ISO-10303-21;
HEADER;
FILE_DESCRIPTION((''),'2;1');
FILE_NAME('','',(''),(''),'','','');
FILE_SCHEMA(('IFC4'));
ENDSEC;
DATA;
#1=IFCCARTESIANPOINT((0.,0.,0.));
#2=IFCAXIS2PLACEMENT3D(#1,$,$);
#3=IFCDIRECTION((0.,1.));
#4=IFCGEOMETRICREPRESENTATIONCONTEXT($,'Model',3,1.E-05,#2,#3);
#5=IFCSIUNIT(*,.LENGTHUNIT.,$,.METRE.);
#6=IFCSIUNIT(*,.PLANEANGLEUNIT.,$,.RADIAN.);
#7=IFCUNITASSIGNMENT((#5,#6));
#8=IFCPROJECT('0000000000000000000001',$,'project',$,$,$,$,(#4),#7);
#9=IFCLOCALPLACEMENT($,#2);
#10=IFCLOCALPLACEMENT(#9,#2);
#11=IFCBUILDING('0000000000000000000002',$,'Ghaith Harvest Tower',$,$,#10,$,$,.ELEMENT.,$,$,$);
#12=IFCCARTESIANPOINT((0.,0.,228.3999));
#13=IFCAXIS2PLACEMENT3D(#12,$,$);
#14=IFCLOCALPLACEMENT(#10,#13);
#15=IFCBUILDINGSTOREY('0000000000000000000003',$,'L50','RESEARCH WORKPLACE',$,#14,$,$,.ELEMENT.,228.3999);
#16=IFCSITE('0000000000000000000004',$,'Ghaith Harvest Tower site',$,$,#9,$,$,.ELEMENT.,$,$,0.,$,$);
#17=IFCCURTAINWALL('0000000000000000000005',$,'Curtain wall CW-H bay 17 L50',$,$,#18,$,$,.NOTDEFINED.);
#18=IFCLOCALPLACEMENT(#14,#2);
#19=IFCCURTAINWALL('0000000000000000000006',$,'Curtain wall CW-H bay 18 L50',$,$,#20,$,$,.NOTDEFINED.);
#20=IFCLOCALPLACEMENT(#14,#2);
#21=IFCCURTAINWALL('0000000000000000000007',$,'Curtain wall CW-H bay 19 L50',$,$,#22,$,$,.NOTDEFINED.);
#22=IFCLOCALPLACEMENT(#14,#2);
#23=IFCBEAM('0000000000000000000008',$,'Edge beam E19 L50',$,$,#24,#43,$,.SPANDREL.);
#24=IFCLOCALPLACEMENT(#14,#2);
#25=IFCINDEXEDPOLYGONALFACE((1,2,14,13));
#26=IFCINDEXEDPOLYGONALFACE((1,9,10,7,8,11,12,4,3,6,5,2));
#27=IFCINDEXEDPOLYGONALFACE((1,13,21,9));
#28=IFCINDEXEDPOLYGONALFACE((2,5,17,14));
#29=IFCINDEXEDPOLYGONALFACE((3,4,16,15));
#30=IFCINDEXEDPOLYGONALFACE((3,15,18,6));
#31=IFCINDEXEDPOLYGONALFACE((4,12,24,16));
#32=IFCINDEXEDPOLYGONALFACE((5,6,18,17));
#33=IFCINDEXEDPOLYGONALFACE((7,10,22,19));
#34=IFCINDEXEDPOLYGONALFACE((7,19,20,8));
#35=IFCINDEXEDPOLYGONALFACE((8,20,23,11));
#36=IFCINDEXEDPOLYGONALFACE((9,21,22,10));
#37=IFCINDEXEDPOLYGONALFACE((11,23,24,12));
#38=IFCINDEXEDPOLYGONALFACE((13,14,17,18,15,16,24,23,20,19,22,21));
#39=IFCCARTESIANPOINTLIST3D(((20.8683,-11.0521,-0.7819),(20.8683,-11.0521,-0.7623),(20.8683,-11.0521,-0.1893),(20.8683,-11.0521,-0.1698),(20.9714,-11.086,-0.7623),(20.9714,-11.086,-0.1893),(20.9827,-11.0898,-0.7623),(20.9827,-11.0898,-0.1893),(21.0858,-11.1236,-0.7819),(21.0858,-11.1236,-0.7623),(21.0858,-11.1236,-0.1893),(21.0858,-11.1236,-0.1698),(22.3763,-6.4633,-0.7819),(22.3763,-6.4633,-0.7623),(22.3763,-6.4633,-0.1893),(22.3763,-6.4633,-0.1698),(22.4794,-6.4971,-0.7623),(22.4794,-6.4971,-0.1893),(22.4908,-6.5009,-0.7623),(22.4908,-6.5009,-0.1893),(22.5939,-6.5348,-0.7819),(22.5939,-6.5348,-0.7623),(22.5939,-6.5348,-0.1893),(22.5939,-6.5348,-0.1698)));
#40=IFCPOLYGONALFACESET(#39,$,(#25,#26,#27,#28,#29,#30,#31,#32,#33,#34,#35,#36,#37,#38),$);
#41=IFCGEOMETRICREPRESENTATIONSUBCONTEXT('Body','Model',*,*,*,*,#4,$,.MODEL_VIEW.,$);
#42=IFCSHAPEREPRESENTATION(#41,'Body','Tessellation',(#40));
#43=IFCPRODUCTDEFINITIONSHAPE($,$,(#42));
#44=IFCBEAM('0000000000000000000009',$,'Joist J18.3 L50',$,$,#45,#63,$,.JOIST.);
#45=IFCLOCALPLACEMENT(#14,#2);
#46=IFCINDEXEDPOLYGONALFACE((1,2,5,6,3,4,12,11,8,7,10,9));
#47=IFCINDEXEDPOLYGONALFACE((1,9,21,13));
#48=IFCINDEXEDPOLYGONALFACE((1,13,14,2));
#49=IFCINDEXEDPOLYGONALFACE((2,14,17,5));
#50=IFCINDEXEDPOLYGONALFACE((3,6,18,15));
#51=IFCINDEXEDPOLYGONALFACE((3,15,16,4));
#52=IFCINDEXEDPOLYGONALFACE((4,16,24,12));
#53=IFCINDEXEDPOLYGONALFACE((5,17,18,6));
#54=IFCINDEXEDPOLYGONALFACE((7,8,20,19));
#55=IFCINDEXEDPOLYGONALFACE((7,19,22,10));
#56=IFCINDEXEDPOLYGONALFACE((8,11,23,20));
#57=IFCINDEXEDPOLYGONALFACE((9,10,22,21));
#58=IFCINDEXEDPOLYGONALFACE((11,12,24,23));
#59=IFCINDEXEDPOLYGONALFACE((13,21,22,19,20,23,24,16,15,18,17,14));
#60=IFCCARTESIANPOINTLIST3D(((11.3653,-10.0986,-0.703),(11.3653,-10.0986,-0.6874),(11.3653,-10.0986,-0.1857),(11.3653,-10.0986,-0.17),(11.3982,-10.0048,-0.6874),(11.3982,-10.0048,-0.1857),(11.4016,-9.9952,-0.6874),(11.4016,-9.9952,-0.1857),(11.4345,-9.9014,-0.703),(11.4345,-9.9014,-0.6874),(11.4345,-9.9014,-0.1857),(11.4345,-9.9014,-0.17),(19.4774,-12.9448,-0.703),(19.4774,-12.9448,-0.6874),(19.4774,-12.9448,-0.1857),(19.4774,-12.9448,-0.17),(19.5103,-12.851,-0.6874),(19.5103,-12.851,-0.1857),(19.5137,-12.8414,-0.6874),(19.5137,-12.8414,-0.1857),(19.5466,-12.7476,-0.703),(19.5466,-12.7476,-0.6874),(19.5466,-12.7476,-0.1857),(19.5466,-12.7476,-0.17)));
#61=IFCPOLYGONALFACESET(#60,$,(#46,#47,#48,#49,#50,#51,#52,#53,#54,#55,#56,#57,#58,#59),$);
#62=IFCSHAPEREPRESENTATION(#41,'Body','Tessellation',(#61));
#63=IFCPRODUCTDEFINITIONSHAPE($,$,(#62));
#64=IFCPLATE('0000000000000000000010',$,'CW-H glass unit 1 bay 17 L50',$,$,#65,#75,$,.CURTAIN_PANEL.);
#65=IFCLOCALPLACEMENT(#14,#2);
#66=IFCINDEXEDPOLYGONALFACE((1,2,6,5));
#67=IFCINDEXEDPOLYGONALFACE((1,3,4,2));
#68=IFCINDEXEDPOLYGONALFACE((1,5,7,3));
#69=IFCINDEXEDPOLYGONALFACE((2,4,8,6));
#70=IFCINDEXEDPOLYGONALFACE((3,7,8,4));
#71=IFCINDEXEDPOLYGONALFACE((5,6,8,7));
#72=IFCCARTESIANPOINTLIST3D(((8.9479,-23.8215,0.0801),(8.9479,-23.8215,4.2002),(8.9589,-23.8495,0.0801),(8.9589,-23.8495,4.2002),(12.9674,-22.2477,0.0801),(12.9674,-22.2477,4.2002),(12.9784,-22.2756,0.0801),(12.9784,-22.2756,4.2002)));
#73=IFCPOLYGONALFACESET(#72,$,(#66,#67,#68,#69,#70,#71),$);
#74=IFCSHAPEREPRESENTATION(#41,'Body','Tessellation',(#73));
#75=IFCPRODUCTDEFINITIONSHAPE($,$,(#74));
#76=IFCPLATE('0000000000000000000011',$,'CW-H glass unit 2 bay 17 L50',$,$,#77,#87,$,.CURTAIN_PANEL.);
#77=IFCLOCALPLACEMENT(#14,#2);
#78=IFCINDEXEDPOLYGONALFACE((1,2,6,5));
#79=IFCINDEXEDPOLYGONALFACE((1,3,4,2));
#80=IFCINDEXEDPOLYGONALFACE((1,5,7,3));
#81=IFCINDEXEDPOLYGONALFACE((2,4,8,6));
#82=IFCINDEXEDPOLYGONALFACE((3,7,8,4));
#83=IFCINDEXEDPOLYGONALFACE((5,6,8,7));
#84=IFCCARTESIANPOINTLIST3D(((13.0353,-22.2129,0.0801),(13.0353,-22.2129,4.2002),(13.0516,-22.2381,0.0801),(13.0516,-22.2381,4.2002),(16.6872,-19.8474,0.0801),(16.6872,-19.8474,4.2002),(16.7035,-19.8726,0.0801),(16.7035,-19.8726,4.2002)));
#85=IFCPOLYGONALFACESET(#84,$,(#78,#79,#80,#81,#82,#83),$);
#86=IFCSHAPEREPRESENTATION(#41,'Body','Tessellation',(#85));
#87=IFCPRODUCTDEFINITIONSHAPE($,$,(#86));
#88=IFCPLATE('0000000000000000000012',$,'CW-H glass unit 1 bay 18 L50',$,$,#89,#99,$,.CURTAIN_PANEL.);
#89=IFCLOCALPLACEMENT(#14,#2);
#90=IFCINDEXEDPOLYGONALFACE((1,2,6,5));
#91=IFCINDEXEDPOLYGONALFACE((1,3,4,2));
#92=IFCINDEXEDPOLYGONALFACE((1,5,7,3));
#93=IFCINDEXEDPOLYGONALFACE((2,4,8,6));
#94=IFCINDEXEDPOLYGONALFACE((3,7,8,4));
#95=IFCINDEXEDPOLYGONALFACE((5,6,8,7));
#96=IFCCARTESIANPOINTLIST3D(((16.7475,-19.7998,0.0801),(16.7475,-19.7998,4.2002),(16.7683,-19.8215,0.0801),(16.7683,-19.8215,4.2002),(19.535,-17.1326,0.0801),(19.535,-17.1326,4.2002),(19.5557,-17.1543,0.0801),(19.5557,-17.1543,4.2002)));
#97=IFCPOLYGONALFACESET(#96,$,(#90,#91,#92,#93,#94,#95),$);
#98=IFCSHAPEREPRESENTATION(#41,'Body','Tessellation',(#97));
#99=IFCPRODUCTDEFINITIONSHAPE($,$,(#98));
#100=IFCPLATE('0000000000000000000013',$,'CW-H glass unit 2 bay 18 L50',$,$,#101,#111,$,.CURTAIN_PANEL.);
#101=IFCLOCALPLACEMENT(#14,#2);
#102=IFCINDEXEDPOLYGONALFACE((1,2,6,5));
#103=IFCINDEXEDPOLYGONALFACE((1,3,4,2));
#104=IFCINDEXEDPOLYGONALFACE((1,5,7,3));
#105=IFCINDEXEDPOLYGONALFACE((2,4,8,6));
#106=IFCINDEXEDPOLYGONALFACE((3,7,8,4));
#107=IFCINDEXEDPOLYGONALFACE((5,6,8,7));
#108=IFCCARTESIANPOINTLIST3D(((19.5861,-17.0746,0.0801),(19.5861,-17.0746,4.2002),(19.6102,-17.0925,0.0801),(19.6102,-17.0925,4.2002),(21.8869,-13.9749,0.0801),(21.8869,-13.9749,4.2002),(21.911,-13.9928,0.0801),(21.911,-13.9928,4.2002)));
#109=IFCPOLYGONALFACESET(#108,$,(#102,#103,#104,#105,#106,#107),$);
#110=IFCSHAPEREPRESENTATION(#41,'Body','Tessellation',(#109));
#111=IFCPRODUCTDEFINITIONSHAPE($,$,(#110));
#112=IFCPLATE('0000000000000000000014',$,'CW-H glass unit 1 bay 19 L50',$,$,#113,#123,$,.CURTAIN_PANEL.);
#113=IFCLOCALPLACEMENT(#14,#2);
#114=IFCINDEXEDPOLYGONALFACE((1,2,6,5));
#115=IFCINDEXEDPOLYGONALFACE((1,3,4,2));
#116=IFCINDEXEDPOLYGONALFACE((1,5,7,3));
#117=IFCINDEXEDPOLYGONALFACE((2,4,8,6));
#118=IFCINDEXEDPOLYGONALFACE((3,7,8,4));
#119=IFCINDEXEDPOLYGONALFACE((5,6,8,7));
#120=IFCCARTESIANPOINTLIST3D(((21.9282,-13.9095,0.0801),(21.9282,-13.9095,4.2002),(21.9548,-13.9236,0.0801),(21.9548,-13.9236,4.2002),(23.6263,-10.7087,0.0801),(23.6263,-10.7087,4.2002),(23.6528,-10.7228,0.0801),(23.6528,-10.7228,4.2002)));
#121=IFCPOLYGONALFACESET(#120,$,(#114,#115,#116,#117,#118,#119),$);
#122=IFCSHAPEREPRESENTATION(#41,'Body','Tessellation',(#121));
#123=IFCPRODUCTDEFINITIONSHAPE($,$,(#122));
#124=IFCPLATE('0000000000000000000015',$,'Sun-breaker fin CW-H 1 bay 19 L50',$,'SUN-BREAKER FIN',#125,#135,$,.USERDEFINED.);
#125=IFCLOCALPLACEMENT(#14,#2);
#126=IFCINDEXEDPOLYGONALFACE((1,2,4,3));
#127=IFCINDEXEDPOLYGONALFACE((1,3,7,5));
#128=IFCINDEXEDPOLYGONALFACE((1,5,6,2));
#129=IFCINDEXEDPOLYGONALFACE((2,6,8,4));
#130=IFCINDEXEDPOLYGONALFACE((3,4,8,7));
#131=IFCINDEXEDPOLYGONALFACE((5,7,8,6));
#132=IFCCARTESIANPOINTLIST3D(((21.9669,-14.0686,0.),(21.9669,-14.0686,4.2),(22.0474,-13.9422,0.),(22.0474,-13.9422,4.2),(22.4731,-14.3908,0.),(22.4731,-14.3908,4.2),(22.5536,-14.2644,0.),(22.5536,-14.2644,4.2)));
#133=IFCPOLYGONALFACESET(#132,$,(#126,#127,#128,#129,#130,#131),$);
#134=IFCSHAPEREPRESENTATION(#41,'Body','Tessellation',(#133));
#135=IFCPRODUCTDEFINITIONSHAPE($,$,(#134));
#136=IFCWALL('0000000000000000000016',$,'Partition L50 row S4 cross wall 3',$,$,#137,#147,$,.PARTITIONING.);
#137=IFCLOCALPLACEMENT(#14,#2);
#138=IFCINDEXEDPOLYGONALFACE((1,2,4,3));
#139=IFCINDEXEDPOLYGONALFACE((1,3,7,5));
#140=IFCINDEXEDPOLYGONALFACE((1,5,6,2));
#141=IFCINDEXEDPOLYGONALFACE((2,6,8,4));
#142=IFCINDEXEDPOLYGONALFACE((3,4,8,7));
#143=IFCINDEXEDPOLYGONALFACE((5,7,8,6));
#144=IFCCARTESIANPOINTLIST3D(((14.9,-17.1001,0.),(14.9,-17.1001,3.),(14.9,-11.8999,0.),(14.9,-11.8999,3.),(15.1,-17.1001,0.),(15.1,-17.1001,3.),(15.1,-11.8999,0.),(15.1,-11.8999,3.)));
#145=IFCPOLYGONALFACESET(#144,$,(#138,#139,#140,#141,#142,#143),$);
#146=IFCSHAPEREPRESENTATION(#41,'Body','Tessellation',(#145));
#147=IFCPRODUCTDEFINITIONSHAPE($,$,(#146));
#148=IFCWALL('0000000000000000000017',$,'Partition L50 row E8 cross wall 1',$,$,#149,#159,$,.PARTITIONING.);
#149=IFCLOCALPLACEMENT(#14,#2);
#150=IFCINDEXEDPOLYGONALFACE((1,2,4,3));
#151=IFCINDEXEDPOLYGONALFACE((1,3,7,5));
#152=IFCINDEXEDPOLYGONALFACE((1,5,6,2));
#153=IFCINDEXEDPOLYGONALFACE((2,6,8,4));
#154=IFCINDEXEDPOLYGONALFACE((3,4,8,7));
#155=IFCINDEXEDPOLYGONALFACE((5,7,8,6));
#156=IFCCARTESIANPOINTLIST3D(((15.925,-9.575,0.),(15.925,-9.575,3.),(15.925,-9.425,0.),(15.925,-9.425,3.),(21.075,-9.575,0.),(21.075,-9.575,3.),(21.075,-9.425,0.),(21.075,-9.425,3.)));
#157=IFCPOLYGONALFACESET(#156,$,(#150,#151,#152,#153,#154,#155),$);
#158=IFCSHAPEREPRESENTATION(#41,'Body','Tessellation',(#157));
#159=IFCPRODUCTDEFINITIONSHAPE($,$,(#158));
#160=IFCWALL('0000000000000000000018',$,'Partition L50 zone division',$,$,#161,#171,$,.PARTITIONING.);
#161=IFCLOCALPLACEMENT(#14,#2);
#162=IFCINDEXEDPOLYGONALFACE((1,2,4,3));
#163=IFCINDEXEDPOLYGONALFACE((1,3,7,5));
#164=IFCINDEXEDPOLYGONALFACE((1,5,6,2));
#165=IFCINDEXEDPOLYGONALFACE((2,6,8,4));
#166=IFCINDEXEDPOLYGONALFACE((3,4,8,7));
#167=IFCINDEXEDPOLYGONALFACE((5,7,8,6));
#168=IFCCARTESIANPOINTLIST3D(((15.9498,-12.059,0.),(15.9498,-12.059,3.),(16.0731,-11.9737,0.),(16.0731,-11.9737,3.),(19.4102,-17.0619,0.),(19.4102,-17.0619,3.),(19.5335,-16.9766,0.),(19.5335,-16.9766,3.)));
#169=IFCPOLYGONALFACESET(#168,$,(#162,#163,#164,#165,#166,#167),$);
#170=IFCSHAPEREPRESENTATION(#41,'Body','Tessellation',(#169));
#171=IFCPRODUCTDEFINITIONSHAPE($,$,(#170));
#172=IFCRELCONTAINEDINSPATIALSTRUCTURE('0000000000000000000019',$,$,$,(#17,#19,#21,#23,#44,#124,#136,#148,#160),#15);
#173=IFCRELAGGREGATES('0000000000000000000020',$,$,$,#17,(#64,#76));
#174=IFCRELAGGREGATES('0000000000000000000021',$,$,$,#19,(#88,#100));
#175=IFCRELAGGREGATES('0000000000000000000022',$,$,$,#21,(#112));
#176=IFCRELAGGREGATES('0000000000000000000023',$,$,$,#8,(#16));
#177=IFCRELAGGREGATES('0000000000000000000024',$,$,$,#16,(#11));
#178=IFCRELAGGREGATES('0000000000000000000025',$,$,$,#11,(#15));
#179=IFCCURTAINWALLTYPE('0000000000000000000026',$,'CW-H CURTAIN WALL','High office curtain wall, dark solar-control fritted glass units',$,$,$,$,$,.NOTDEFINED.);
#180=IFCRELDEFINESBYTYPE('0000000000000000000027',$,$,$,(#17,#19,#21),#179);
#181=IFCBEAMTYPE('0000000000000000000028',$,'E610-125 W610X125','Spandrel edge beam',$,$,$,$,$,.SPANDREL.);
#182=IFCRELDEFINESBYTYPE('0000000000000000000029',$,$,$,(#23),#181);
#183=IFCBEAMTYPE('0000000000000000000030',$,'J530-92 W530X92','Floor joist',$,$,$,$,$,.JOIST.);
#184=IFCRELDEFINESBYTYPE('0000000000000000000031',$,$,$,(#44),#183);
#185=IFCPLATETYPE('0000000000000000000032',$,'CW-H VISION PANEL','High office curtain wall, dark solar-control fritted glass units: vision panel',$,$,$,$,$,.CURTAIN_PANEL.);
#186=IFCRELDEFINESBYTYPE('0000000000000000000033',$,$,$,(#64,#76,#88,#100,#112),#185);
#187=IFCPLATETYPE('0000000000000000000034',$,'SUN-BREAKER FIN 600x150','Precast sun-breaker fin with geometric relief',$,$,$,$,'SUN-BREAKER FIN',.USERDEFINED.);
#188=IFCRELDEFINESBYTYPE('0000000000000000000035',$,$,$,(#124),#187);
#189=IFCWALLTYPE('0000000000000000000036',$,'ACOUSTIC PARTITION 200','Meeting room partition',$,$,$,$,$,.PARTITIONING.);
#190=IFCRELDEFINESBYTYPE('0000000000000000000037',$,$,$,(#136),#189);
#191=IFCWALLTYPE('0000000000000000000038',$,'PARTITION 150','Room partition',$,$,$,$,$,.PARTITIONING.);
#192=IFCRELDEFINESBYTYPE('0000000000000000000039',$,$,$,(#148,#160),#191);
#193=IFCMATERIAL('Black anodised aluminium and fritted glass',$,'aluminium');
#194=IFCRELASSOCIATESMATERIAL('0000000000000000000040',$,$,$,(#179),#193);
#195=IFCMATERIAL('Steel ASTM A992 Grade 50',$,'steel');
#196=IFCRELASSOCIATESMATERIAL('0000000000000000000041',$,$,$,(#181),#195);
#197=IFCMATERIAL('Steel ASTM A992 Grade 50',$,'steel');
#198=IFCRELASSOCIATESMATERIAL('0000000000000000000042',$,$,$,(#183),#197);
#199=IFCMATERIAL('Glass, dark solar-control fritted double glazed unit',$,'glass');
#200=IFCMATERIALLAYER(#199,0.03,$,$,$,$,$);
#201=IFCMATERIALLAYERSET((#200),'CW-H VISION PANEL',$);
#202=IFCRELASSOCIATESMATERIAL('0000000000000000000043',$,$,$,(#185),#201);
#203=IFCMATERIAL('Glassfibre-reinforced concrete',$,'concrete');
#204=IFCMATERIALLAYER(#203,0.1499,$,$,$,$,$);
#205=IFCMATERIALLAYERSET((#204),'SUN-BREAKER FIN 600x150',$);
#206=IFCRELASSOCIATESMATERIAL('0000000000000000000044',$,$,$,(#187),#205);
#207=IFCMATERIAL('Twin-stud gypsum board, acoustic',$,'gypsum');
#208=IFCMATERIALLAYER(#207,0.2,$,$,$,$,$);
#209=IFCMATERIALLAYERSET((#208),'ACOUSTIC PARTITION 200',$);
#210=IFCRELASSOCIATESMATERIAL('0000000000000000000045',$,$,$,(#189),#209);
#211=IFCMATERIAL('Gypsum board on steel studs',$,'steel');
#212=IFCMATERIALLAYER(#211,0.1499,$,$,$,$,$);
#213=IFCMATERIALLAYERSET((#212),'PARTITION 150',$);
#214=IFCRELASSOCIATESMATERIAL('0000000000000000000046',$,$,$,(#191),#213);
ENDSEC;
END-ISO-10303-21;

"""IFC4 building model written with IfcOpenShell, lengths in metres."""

from ifc_helpers import new_model, si_unit, direction, frame, frame_2d, origin, origin_2d, place, context, subcontext, project, spatial, rectangle, i_section, extrude, material, layer, layer_set, material_profile, profile_set, type_object, element, aggregate, save


model = new_model("IFC4")

# Units and contexts
model_context = context("Model", 3, precision=1e-05, world=origin(), true_north=direction((0.0, 1.0)))
body_context = subcontext(model_context, "Body", "Model", "MODEL_VIEW")
ifc_project = project(units=[si_unit("LENGTHUNIT", "METRE"), si_unit("PLANEANGLEUNIT", "RADIAN")], contexts=[model_context])

# Site, building, storey
site_placement = place(None, origin())
site = spatial("IfcSite", under=ifc_project, at=site_placement, Name="Ghaith Harvest Tower site", CompositionType="ELEMENT", RefElevation=0.0)
building_placement = place(site_placement, origin())
building = spatial("IfcBuilding", under=site, at=building_placement, Name="Ghaith Harvest Tower", CompositionType="ELEMENT")
storey_placement = place(building_placement, frame((0.0, 0.0, 228.3999)))
storey = spatial("IfcBuildingStorey", under=building, at=storey_placement, Name="L50", Description="RESEARCH WORKPLACE", CompositionType="ELEMENT", Elevation=228.3999)

# Curtain wall
ifc_material_1 = material(Name="Black anodised aluminium and fritted glass", Category="aluminium")
curtain_wall_type = type_object("IfcCurtainWallType", Name="CW-H CURTAIN WALL", Description="High office curtain wall, dark solar-control fritted glass units", PredefinedType="NOTDEFINED", material=ifc_material_1)
curtain_wall_1_placement = place(storey_placement, origin())
curtain_wall_1 = element("IfcCurtainWall", 1, at=curtain_wall_1_placement, inside=storey, type_object=curtain_wall_type, Name="Curtain wall CW-H bay 17 L50", PredefinedType="NOTDEFINED")

# Curtain walls
curtain_wall_2_placement = place(storey_placement, origin())
curtain_wall_2 = element("IfcCurtainWall", 2, at=curtain_wall_2_placement, inside=storey, type_object=curtain_wall_type, Name="Curtain wall CW-H bay 18 L50", PredefinedType="NOTDEFINED")
curtain_wall_3_placement = place(storey_placement, origin())
curtain_wall_3 = element("IfcCurtainWall", 3, at=curtain_wall_3_placement, inside=storey, type_object=curtain_wall_type, Name="Curtain wall CW-H bay 19 L50", PredefinedType="NOTDEFINED")

# Beams
ifc_material_2 = material(Name="Steel ASTM A992 Grade 50", Category="steel")
ifc_material_profile_1 = material_profile(ifc_material_2, i_section(OverallWidth=0.229, OverallDepth=0.6121, WebThickness=0.012, FlangeThickness=0.0195, at=origin_2d()), Name="W610X125")
ifc_profile_set_1 = profile_set([ifc_material_profile_1], Name="Steel ASTM A992 Grade 50")
beam_type_1 = type_object("IfcBeamType", Name="E610-125 W610X125", Description="Spandrel edge beam", PredefinedType="SPANDREL", material=ifc_profile_set_1)
beam_1_placement = place(storey_placement, frame((20.9771, -11.0879, -0.4758), z_axis=(0.312207, 0.950014, 0.0), x_axis=(-0.950014, 0.312207, 0.0)))
element("IfcBeam", 4, at=beam_1_placement, inside=storey, type_object=beam_type_1, Name="Edge beam E19 L50", PredefinedType="SPANDREL", context=body_context, shape_type="SweptSolid", body=[
    extrude(i_section(OverallWidth=0.229, OverallDepth=0.6121, WebThickness=0.012, FlangeThickness=0.0195, at=origin_2d()), origin(), (0.0, 0.0, 1.0), 4.8303),
])
ifc_material_3 = material(Name="Steel ASTM A992 Grade 50", Category="steel")
ifc_material_profile_2 = material_profile(ifc_material_3, i_section(OverallWidth=0.209, OverallDepth=0.533, WebThickness=0.0103, FlangeThickness=0.0156, at=origin_2d()), Name="W530X92")
ifc_profile_set_2 = profile_set([ifc_material_profile_2], Name="Steel ASTM A992 Grade 50")
beam_type_2 = type_object("IfcBeamType", Name="J530-92 W530X92", Description="Floor joist", PredefinedType="JOIST", material=ifc_profile_set_2)
beam_2_placement = place(storey_placement, frame((11.3999, -10.0, -0.4365), z_axis=(0.943605, -0.331073, 0.0), x_axis=(0.331073, 0.943605, 0.0)))
element("IfcBeam", 5, at=beam_2_placement, inside=storey, type_object=beam_type_2, Name="Joist J18.3 L50", PredefinedType="JOIST", context=body_context, shape_type="SweptSolid", body=[
    extrude(i_section(OverallWidth=0.209, OverallDepth=0.533, WebThickness=0.0103, FlangeThickness=0.0156, at=origin_2d()), origin(), (0.0, 0.0, 1.0), 8.5969),
])

# Plates
ifc_material_4 = material(Name="Glass, dark solar-control fritted double glazed unit", Category="glass")
ifc_layer_1 = layer(ifc_material_4, 0.03)
ifc_layer_set_1 = layer_set([ifc_layer_1], Name="CW-H VISION PANEL")
plate_type_1 = type_object("IfcPlateType", Name="CW-H VISION PANEL", Description="High office curtain wall, dark solar-control fritted glass units: vision panel", PredefinedType="CURTAIN_PANEL", material=ifc_layer_set_1)
plate_1_placement = place(storey_placement, frame((10.9631, -23.0486, 0.0801), z_axis=(0.0, 0.0, 1.0), x_axis=(0.931161, 0.364608, 0.0)))
plate_1 = element("IfcPlate", 6, at=plate_1_placement, type_object=plate_type_1, Name="CW-H glass unit 1 bay 17 L50", PredefinedType="CURTAIN_PANEL", context=body_context, shape_type="SweptSolid", body=[
    extrude(rectangle(XDim=4.3167, YDim=0.03, at=origin_2d()), origin(), (0.0, 0.0, 1.0), 4.1201),
])
plate_2_placement = place(storey_placement, frame((14.8694, -21.0427, 0.0801), z_axis=(0.0, 0.0, 1.0), x_axis=(0.839305, 0.54366, 0.0)))
plate_2 = element("IfcPlate", 7, at=plate_2_placement, type_object=plate_type_1, Name="CW-H glass unit 2 bay 17 L50", PredefinedType="CURTAIN_PANEL", context=body_context, shape_type="SweptSolid", body=[
    extrude(rectangle(XDim=4.3511, YDim=0.03, at=origin_2d()), origin(), (0.0, 0.0, 1.0), 4.1201),
])
aggregate(curtain_wall_1, [plate_1, plate_2])
plate_3_placement = place(storey_placement, frame((18.1516, -18.4771, 0.0801), z_axis=(0.0, 0.0, 1.0), x_axis=(0.722533, 0.691337, 0.0)))
plate_3 = element("IfcPlate", 8, at=plate_3_placement, type_object=plate_type_1, Name="CW-H glass unit 1 bay 18 L50", PredefinedType="CURTAIN_PANEL", context=body_context, shape_type="SweptSolid", body=[
    extrude(rectangle(XDim=3.8579, YDim=0.03, at=origin_2d()), origin(), (0.0, 0.0, 1.0), 4.1201),
])
plate_4_placement = place(storey_placement, frame((20.7485, -15.5337, 0.0801), z_axis=(0.0, 0.0, 1.0), x_axis=(0.596019, 0.802971, 0.0)))
plate_4 = element("IfcPlate", 9, at=plate_4_placement, type_object=plate_type_1, Name="CW-H glass unit 2 bay 18 L50", PredefinedType="CURTAIN_PANEL", context=body_context, shape_type="SweptSolid", body=[
    extrude(rectangle(XDim=3.8604, YDim=0.03, at=origin_2d()), origin(), (0.0, 0.0, 1.0), 4.1201),
])
aggregate(curtain_wall_2, [plate_3, plate_4])
plate_5_placement = place(storey_placement, frame((22.7905, -12.3162, 0.0801), z_axis=(0.0, 0.0, 1.0), x_axis=(0.468644, 0.883387, 0.0)))
plate_5 = element("IfcPlate", 10, at=plate_5_placement, type_object=plate_type_1, Name="CW-H glass unit 1 bay 19 L50", PredefinedType="CURTAIN_PANEL", context=body_context, shape_type="SweptSolid", body=[
    extrude(rectangle(XDim=3.6233, YDim=0.03, at=origin_2d()), origin(), (0.0, 0.0, 1.0), 4.1201),
])
aggregate(curtain_wall_3, [plate_5])
ifc_material_5 = material(Name="Glassfibre-reinforced concrete", Category="concrete")
ifc_layer_2 = layer(ifc_material_5, 0.1499)
ifc_layer_set_2 = layer_set([ifc_layer_2], Name="SUN-BREAKER FIN 600x150")
plate_type_2 = type_object("IfcPlateType", Name="SUN-BREAKER FIN 600x150", Description="Precast sun-breaker fin with geometric relief", ElementType="SUN-BREAKER FIN", PredefinedType="USERDEFINED", material=ifc_layer_set_2)
plate_6_placement = place(storey_placement, frame((22.2603, -14.1665, 0.0), z_axis=(0.0, 0.0, 1.0), x_axis=(0.843644, -0.536903, 0.0)))
element("IfcPlate", 11, at=plate_6_placement, inside=storey, type_object=plate_type_2, Name="Sun-breaker fin CW-H 1 bay 19 L50", ObjectType="SUN-BREAKER FIN", PredefinedType="USERDEFINED", context=body_context, shape_type="SweptSolid", body=[
    extrude(rectangle(XDim=0.6001, YDim=0.1499, at=origin_2d()), origin(), (0.0, 0.0, 1.0), 4.2),
])

# Walls
ifc_material_6 = material(Name="Twin-stud gypsum board, acoustic", Category="gypsum")
ifc_layer_3 = layer(ifc_material_6, 0.2)
ifc_layer_set_3 = layer_set([ifc_layer_3], Name="ACOUSTIC PARTITION 200")
wall_type_1 = type_object("IfcWallType", Name="ACOUSTIC PARTITION 200", Description="Meeting room partition", PredefinedType="PARTITIONING", material=ifc_layer_set_3)
wall_1_placement = place(storey_placement, frame((15.0, -11.8999, 0.0), z_axis=(0.0, 0.0, 1.0), x_axis=(0.0, -1.0, 0.0)))
element("IfcWall", 12, at=wall_1_placement, inside=storey, type_object=wall_type_1, Name="Partition L50 row S4 cross wall 3", PredefinedType="PARTITIONING", context=body_context, shape_type="SweptSolid", body=[
    extrude(rectangle(XDim=5.2002, YDim=0.2, at=frame_2d((2.6001, 0.0))), origin(), (0.0, 0.0, 1.0), 3.0),
])
ifc_material_7 = material(Name="Gypsum board on steel studs", Category="steel")
ifc_layer_4 = layer(ifc_material_7, 0.1499)
ifc_layer_set_4 = layer_set([ifc_layer_4], Name="PARTITION 150")
wall_type_2 = type_object("IfcWallType", Name="PARTITION 150", Description="Room partition", PredefinedType="PARTITIONING", material=ifc_layer_set_4)
wall_2_placement = place(storey_placement, frame((15.925, -9.5, 0.0), z_axis=(0.0, 0.0, 1.0), x_axis=(1.0, 0.0, 0.0)))
element("IfcWall", 13, at=wall_2_placement, inside=storey, type_object=wall_type_2, Name="Partition L50 row E8 cross wall 1", PredefinedType="PARTITIONING", context=body_context, shape_type="SweptSolid", body=[
    extrude(rectangle(XDim=5.1499, YDim=0.1499, at=frame_2d((2.575, 0.0))), origin(), (0.0, 0.0, 1.0), 3.0),
])
wall_3_placement = place(storey_placement, frame((16.0115, -12.0164, 0.0), z_axis=(0.0, 0.0, 1.0), x_axis=(0.568863, -0.822432, 0.0)))
element("IfcWall", 14, at=wall_3_placement, inside=storey, type_object=wall_type_2, Name="Partition L50 zone division", PredefinedType="PARTITIONING", context=body_context, shape_type="SweptSolid", body=[
    extrude(rectangle(XDim=6.083, YDim=0.1499, at=frame_2d((3.0415, 0.0))), origin(), (0.0, 0.0, 1.0), 3.0),
])

save(model, "model.ifc")
